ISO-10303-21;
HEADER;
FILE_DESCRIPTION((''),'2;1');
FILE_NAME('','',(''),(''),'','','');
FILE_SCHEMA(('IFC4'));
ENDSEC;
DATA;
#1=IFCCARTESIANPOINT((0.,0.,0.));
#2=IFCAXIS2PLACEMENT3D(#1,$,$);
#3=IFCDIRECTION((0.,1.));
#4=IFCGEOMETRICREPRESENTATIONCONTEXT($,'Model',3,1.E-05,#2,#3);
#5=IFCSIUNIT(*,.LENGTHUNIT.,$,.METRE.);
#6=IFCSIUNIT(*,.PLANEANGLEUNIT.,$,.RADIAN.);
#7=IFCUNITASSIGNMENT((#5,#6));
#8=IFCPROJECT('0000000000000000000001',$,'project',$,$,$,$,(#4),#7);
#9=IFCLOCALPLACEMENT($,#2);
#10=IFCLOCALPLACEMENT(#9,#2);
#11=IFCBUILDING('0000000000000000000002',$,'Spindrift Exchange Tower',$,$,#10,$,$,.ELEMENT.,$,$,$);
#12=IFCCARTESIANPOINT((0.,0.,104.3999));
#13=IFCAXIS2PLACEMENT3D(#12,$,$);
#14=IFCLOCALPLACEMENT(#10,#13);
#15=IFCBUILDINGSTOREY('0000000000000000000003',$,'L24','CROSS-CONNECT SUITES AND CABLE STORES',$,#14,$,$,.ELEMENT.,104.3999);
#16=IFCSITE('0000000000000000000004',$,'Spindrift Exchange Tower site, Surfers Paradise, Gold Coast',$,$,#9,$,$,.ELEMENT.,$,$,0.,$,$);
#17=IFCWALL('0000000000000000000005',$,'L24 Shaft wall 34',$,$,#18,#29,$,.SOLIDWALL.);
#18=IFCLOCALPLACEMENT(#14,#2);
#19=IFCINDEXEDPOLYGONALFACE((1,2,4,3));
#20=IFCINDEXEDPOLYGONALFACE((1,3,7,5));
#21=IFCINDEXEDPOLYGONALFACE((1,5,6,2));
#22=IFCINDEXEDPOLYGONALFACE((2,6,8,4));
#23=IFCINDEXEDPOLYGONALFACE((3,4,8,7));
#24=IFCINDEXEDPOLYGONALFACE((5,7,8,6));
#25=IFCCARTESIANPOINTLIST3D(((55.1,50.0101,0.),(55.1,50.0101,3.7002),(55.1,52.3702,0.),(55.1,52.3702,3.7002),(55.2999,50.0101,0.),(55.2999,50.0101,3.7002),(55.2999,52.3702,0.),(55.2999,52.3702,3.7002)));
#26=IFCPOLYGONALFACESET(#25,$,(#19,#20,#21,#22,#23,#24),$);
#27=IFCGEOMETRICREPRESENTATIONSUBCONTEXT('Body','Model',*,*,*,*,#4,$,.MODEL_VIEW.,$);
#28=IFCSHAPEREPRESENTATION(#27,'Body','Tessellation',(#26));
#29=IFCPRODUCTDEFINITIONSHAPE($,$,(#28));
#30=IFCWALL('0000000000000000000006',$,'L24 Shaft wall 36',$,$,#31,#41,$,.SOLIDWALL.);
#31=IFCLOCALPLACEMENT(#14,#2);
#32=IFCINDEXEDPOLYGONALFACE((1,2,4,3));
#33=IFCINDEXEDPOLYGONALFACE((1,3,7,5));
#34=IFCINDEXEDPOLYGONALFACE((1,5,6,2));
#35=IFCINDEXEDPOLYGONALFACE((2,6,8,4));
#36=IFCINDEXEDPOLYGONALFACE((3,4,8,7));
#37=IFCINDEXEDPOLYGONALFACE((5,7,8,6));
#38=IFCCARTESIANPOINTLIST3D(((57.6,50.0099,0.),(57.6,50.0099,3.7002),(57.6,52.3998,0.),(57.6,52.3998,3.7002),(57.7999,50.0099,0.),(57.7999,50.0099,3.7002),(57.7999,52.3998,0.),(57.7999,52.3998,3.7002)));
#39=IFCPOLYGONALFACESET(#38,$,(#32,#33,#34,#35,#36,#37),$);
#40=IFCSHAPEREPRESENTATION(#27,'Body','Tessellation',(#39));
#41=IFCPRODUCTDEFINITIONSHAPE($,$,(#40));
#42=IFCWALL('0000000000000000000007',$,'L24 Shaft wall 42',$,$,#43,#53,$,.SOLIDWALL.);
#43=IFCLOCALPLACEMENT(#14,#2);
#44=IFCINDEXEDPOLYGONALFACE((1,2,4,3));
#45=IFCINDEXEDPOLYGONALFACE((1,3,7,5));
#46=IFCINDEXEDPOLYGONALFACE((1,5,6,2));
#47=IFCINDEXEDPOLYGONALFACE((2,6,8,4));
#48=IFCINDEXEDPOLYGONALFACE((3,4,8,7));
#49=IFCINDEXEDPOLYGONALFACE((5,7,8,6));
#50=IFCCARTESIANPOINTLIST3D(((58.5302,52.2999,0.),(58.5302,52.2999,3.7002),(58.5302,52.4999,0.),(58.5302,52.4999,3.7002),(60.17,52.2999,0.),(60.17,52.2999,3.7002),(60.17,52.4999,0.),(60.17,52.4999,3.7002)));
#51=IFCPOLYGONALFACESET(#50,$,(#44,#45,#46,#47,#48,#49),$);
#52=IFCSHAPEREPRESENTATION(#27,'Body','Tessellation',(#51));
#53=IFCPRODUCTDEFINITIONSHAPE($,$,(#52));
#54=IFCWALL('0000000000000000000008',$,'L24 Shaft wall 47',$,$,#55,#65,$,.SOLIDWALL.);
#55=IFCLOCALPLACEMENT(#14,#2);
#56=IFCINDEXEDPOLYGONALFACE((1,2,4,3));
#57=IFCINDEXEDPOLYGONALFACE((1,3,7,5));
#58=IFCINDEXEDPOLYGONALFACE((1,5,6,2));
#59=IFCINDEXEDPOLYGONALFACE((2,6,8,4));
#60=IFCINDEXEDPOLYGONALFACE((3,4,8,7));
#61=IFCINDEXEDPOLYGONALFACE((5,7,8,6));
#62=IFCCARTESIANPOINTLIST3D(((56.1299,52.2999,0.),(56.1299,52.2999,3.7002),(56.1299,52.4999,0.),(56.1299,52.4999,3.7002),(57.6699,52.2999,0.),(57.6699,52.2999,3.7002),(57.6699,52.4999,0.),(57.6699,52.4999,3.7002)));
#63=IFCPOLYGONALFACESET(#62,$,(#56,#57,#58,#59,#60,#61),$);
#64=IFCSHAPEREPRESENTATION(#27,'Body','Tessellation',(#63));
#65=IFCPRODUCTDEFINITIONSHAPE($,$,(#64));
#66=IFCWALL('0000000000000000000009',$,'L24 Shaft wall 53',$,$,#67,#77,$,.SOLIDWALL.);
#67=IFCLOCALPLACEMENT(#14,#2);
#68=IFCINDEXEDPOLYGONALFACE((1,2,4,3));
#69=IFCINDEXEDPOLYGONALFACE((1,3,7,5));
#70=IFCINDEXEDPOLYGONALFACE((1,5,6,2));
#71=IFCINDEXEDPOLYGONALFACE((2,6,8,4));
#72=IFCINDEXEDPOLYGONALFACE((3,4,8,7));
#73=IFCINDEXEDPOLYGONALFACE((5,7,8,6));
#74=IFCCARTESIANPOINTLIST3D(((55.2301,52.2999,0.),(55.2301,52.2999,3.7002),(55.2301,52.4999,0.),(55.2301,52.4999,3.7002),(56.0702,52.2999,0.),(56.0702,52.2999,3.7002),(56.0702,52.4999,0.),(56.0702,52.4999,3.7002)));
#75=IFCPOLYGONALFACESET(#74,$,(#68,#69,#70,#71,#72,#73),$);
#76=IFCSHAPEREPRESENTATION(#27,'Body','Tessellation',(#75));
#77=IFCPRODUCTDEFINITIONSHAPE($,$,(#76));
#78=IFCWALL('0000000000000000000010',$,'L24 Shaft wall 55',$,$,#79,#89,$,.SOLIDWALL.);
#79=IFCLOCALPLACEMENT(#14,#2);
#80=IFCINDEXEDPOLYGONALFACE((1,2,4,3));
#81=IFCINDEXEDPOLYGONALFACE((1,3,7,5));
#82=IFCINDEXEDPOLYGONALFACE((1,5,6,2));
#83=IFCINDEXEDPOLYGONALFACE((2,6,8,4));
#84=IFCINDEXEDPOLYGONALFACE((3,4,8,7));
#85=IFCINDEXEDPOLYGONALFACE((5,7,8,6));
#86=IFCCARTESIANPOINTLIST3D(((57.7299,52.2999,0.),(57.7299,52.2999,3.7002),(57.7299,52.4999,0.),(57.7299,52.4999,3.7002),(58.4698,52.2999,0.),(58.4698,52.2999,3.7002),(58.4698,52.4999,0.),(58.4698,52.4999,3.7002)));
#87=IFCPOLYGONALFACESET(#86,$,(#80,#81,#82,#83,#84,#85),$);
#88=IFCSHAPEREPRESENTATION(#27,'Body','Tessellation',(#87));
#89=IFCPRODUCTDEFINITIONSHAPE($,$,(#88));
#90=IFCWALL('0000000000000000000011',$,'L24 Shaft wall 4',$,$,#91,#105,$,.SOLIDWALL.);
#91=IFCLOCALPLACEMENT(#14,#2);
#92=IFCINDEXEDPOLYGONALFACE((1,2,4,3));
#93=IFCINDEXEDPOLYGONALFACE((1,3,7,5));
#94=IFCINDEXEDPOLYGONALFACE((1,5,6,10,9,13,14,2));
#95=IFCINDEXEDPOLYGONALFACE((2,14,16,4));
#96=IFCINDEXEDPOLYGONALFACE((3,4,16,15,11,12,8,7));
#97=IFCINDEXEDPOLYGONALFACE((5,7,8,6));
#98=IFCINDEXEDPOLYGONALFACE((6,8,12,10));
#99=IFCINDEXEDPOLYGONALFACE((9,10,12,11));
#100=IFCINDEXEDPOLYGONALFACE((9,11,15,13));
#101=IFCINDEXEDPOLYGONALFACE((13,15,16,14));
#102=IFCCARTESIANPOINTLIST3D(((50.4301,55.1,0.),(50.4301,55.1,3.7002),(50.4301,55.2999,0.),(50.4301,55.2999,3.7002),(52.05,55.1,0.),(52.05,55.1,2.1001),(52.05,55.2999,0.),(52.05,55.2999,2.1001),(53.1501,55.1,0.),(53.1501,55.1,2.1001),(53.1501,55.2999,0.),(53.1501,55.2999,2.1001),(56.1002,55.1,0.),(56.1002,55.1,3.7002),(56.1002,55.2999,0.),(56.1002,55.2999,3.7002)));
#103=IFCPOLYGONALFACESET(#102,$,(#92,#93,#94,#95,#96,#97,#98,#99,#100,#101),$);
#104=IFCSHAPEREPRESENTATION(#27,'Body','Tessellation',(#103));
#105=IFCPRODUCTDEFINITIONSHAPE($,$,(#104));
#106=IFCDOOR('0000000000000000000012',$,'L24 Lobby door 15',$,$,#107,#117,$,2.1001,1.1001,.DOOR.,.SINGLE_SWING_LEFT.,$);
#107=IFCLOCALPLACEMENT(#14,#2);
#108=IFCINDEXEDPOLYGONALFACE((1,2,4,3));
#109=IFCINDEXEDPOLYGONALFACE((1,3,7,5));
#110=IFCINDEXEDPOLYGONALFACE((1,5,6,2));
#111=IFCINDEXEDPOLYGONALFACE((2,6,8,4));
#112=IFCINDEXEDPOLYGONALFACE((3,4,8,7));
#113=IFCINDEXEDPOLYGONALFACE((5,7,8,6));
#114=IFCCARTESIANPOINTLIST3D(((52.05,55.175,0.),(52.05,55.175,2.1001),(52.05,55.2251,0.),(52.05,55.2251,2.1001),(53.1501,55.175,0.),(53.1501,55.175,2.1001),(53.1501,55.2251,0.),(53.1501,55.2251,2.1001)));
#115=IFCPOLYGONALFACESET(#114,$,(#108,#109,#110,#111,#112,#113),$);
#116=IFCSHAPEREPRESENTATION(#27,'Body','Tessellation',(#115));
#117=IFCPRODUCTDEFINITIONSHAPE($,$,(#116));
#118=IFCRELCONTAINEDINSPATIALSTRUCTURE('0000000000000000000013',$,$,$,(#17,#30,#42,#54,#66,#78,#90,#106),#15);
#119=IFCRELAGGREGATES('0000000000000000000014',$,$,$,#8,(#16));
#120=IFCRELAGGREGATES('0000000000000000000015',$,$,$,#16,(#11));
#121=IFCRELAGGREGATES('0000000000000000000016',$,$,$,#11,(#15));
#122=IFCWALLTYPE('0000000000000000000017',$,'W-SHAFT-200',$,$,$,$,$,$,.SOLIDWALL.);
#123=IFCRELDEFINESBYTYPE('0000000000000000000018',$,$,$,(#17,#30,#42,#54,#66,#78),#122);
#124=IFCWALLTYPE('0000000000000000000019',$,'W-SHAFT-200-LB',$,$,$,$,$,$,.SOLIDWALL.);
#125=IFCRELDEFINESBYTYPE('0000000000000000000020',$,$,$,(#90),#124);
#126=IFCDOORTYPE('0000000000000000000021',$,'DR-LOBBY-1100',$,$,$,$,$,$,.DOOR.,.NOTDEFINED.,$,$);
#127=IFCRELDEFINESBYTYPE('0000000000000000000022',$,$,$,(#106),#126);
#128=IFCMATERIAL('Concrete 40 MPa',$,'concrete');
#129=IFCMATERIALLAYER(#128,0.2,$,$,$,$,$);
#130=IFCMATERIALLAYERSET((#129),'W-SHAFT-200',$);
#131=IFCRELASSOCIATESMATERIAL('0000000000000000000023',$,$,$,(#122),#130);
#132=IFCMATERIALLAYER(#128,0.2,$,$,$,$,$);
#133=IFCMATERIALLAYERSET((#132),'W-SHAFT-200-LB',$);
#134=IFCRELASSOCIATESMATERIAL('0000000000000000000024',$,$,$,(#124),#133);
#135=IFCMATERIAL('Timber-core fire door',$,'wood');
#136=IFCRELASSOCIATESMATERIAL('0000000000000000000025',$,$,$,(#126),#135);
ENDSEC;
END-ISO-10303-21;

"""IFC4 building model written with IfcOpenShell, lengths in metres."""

from ifc_helpers import new_model, si_unit, direction, frame, frame_2d, origin, place, context, subcontext, project, spatial, rectangle, extrude, source, transform, mapped, material, layer, layer_set, type_object, element, fill, save


model = new_model("IFC4")

# Units and contexts
model_context = context("Model", 3, precision=1e-05, world=origin(), true_north=direction((0.0, 1.0)))
body_context = subcontext(model_context, "Body", "Model", "MODEL_VIEW")
ifc_project = project(units=[si_unit("LENGTHUNIT", "METRE"), si_unit("PLANEANGLEUNIT", "RADIAN")], contexts=[model_context])

# Site, building, storey
site_placement = place(None, origin())
site = spatial("IfcSite", under=ifc_project, at=site_placement, Name="Spindrift Exchange Tower site, Surfers Paradise, Gold Coast", CompositionType="ELEMENT", RefElevation=0.0)
building_placement = place(site_placement, origin())
building = spatial("IfcBuilding", under=site, at=building_placement, Name="Spindrift Exchange Tower", CompositionType="ELEMENT")
storey_placement = place(building_placement, frame((0.0, 0.0, 104.3999)))
storey = spatial("IfcBuildingStorey", under=building, at=storey_placement, Name="L24", Description="CROSS-CONNECT SUITES AND CABLE STORES", CompositionType="ELEMENT", Elevation=104.3999)

# Shared definitions
ifc_material_1 = material(Name="Concrete 40 MPa", Category="concrete")
ifc_layer_1 = layer(ifc_material_1, 0.2)
ifc_layer_set_1 = layer_set([ifc_layer_1], Name="W-SHAFT-200")
wall_type_1 = type_object("IfcWallType", Name="W-SHAFT-200", PredefinedType="SOLIDWALL", material=ifc_layer_set_1)

# Walls
wall_1_placement = place(storey_placement, frame((55.2, 50.01, 0.0), z_axis=(0.0, 0.0, 1.0), x_axis=(0.0, 1.0, 0.0)))
element("IfcWall", 1, at=wall_1_placement, inside=storey, type_object=wall_type_1, Name="L24 Shaft wall 34", PredefinedType="SOLIDWALL", context=body_context, shape_type="SweptSolid", body=[
    extrude(rectangle(XDim=2.3601, YDim=0.2, at=frame_2d((1.1802, 0.0))), origin(), (0.0, 0.0, 1.0), 3.7002),
])
wall_2_placement = place(storey_placement, frame((57.7, 50.01, 0.0), z_axis=(0.0, 0.0, 1.0), x_axis=(0.0, 1.0, 0.0)))
element("IfcWall", 2, at=wall_2_placement, inside=storey, type_object=wall_type_1, Name="L24 Shaft wall 36", PredefinedType="SOLIDWALL", context=body_context, shape_type="SweptSolid", body=[
    extrude(rectangle(XDim=2.3899, YDim=0.2, at=frame_2d((1.1948, 0.0))), origin(), (0.0, 0.0, 1.0), 3.7002),
])
wall_3_placement = place(storey_placement, frame((60.1699, 52.3999, 0.0), z_axis=(0.0, 0.0, 1.0), x_axis=(-1.0, 0.0, 0.0)))
element("IfcWall", 3, at=wall_3_placement, inside=storey, type_object=wall_type_1, Name="L24 Shaft wall 42", PredefinedType="SOLIDWALL", context=body_context, shape_type="SweptSolid", body=[
    extrude(rectangle(XDim=1.6399, YDim=0.2, at=frame_2d((0.8198, 0.0))), origin(), (0.0, 0.0, 1.0), 3.7002),
])
wall_4_placement = place(storey_placement, frame((57.6699, 52.3999, 0.0), z_axis=(0.0, 0.0, 1.0), x_axis=(-1.0, 0.0, 0.0)))
element("IfcWall", 4, at=wall_4_placement, inside=storey, type_object=wall_type_1, Name="L24 Shaft wall 47", PredefinedType="SOLIDWALL", context=body_context, shape_type="SweptSolid", body=[
    extrude(rectangle(XDim=1.54, YDim=0.2, at=frame_2d((0.77, 0.0))), origin(), (0.0, 0.0, 1.0), 3.7002),
])
wall_5_placement = place(storey_placement, frame((56.0701, 52.3999, 0.0), z_axis=(0.0, 0.0, 1.0), x_axis=(-1.0, 0.0, 0.0)))
element("IfcWall", 5, at=wall_5_placement, inside=storey, type_object=wall_type_1, Name="L24 Shaft wall 53", PredefinedType="SOLIDWALL", context=body_context, shape_type="SweptSolid", body=[
    extrude(rectangle(XDim=0.8401, YDim=0.2, at=frame_2d((0.4199, 0.0))), origin(), (0.0, 0.0, 1.0), 3.7002),
])
wall_6_placement = place(storey_placement, frame((58.47, 52.3999, 0.0), z_axis=(0.0, 0.0, 1.0), x_axis=(-1.0, 0.0, 0.0)))
element("IfcWall", 6, at=wall_6_placement, inside=storey, type_object=wall_type_1, Name="L24 Shaft wall 55", PredefinedType="SOLIDWALL", context=body_context, shape_type="SweptSolid", body=[
    extrude(rectangle(XDim=0.74, YDim=0.2, at=frame_2d((0.3701, 0.0))), origin(), (0.0, 0.0, 1.0), 3.7002),
])

# Wall, opening, door
ifc_layer_2 = layer(ifc_material_1, 0.2)
ifc_layer_set_2 = layer_set([ifc_layer_2], Name="W-SHAFT-200-LB")
wall_type_2 = type_object("IfcWallType", Name="W-SHAFT-200-LB", PredefinedType="SOLIDWALL", material=ifc_layer_set_2)
wall_7_placement = place(storey_placement, frame((56.1001, 55.2, 0.0), z_axis=(0.0, 0.0, 1.0), x_axis=(-1.0, 0.0, 0.0)))
wall_7 = element("IfcWall", 7, at=wall_7_placement, inside=storey, type_object=wall_type_2, Name="L24 Shaft wall 4", PredefinedType="SOLIDWALL", context=body_context, shape_type="SweptSolid", body=[
    extrude(rectangle(XDim=5.6702, YDim=0.2, at=frame_2d((2.835, 0.0))), origin(), (0.0, 0.0, 1.0), 3.7002),
])
opening_1_placement = place(wall_7_placement, frame((2.95, 0.0, 0.0)))
opening_1 = element("IfcOpeningElement", 8, at=opening_1_placement, cuts=wall_7, PredefinedType="OPENING", context=body_context, shape_type="SweptSolid", body=[
    extrude(rectangle(XDim=1.1001, YDim=2.1001, at=frame_2d((0.55, 1.05))), frame((0.0, 0.1099, 0.0), z_axis=(0.0, -1.0, 0.0), x_axis=(1.0, 0.0, 0.0)), (0.0, 0.0, 1.0), 0.22),
])
ifc_material_2 = material(Name="Timber-core fire door", Category="wood")
door_type_1 = type_object("IfcDoorType", Name="DR-LOBBY-1100", OperationType="NOTDEFINED", PredefinedType="DOOR", material=ifc_material_2)
shared_shape_1 = source(origin(), body_context, "Body", "SweptSolid", [
    extrude(rectangle(XDim=1.1001, YDim=2.1001, at=frame_2d((0.55, 1.05))), frame((0.0, 0.0249, 0.0), z_axis=(0.0, -1.0, 0.0), x_axis=(1.0, 0.0, 0.0)), (0.0, 0.0, 1.0), 0.05),
])
door_1_placement = place(opening_1_placement, origin())
door_1 = element("IfcDoor", 9, at=door_1_placement, inside=storey, type_object=door_type_1, Name="L24 Lobby door 15", OperationType="SINGLE_SWING_LEFT", OverallHeight=2.1001, OverallWidth=1.1001, PredefinedType="DOOR", context=body_context, shape_type="MappedRepresentation", body=[
    mapped(shared_shape_1, transform((0.0, 0.0, 0.0), scale=1.0)),
])
fill(opening_1, door_1)

save(model, "model.ifc")
